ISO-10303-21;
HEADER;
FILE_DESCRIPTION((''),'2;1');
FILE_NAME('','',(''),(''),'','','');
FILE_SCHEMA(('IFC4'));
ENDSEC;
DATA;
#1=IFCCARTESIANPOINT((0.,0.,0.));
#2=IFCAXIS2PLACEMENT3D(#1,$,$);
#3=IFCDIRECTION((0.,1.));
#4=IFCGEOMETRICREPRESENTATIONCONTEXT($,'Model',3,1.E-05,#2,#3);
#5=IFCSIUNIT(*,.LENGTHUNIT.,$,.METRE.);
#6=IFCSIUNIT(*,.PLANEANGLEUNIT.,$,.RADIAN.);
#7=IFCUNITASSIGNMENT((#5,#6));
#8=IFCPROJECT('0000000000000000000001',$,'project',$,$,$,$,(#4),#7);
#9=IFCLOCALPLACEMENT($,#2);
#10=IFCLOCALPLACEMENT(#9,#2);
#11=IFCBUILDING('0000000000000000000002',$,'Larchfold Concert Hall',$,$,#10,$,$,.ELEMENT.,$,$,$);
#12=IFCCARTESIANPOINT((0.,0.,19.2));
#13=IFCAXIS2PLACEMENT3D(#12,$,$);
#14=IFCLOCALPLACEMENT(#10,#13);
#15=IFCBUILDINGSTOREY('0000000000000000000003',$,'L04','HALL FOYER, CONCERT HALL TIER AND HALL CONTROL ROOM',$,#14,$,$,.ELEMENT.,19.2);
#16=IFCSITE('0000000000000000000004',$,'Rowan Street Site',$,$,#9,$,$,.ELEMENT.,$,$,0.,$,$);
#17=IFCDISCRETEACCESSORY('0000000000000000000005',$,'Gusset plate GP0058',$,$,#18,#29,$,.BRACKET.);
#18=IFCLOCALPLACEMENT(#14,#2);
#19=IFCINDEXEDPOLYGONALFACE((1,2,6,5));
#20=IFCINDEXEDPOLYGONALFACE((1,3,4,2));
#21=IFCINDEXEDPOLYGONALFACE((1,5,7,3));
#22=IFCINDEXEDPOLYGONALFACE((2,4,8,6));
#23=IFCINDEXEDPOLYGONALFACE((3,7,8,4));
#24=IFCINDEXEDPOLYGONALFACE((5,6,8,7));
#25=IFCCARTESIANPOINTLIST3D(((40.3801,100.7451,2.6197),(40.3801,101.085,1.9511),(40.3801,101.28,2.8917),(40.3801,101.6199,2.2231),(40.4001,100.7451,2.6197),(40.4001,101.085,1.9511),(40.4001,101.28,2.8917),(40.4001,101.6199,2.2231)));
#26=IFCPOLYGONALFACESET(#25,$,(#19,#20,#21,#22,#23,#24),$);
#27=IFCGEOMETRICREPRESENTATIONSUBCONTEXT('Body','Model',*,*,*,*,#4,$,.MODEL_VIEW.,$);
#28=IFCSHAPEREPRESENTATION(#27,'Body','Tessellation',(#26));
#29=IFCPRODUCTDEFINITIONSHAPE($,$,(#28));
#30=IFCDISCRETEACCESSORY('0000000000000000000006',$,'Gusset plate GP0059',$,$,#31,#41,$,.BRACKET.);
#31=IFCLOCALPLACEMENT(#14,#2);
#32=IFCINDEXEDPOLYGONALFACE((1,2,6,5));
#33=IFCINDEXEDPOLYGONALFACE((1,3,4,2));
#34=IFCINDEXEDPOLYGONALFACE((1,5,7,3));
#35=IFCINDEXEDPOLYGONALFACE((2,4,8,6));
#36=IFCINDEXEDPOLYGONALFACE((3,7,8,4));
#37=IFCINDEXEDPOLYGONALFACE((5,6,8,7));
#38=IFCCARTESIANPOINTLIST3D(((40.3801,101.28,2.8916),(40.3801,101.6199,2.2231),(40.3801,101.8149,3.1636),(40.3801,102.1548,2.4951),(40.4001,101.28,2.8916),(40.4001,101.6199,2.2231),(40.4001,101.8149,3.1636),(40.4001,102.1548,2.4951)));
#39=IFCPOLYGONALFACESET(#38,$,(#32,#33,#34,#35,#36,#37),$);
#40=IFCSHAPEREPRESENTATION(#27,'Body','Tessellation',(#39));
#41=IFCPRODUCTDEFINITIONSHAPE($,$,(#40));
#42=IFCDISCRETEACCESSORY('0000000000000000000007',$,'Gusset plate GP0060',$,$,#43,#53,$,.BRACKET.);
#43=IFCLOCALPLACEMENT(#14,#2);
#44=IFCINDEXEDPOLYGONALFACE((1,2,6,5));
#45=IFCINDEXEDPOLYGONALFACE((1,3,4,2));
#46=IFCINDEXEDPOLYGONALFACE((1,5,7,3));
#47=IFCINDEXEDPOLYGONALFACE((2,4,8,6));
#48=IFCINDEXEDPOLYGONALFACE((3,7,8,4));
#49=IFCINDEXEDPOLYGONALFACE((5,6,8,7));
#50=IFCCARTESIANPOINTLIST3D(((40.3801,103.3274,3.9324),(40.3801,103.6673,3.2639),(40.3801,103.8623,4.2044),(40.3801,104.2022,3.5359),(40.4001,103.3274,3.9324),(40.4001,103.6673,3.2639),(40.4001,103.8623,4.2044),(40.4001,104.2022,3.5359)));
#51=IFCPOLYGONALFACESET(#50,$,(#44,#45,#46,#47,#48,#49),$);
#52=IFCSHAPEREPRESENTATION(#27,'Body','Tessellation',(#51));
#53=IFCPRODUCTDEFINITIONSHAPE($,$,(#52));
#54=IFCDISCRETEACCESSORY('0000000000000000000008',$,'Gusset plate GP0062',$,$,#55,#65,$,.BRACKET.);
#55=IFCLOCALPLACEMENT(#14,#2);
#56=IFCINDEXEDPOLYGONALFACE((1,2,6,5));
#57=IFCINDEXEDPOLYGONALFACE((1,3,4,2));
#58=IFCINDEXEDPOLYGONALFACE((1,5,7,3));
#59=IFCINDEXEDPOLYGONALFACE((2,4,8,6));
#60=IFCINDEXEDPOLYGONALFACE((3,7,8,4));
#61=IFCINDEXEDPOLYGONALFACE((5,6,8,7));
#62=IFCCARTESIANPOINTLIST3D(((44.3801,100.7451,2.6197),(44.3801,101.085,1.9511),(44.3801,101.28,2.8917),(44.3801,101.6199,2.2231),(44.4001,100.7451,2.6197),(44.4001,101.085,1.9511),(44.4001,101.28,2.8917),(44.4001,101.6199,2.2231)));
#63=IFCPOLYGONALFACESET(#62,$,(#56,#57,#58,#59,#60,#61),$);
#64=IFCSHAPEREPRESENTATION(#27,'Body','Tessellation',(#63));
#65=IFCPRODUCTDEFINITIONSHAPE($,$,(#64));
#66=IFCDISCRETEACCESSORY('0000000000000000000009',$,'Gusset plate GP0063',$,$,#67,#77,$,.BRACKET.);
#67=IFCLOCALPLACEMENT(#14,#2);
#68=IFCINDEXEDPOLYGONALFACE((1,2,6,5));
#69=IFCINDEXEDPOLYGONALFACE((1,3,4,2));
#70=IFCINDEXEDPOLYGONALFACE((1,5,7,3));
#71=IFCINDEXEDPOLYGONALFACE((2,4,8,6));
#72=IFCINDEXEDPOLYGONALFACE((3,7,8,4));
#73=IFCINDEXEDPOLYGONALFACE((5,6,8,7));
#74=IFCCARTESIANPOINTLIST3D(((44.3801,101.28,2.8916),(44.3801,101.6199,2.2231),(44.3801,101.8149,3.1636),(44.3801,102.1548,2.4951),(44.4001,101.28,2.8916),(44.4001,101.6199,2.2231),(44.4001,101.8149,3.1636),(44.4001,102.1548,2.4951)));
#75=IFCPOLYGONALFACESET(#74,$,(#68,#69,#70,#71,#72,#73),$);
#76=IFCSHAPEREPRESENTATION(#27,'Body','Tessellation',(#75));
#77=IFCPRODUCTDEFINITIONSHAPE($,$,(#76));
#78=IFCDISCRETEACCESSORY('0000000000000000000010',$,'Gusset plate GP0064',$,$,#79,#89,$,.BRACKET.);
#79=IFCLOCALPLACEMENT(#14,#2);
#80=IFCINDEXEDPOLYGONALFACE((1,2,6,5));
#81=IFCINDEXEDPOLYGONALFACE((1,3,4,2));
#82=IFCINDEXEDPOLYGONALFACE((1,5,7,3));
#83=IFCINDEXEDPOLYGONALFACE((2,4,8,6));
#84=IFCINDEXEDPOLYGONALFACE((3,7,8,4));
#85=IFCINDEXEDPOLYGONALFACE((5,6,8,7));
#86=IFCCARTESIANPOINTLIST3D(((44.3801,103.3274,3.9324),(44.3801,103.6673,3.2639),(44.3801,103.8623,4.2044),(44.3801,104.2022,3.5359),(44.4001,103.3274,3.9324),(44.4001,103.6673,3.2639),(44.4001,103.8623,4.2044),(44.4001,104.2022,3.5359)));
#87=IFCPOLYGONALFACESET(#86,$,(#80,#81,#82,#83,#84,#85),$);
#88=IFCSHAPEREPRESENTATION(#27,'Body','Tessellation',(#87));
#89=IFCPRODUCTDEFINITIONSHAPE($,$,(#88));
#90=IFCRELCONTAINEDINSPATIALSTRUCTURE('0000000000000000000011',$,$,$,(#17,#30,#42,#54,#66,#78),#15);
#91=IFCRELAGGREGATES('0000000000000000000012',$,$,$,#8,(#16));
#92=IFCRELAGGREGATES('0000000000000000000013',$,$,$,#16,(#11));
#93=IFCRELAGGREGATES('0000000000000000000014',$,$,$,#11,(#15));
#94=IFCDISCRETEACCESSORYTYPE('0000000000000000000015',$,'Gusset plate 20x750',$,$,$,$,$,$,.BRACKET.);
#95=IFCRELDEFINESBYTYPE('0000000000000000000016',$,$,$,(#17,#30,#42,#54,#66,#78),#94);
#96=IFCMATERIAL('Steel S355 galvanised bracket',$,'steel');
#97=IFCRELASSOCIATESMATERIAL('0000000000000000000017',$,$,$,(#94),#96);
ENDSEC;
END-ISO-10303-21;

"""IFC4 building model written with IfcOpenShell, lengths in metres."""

from ifc_helpers import new_model, si_unit, direction, frame, origin, origin_2d, place, context, subcontext, project, spatial, rectangle, extrude, material, material_profile, profile_set, type_object, element, save


model = new_model("IFC4")

# Units and contexts
model_context = context("Model", 3, precision=1e-05, world=origin(), true_north=direction((0.0, 1.0)))
body_context = subcontext(model_context, "Body", "Model", "MODEL_VIEW")
ifc_project = project(units=[si_unit("LENGTHUNIT", "METRE"), si_unit("PLANEANGLEUNIT", "RADIAN")], contexts=[model_context])

# Site, building, storey
site_placement = place(None, origin())
site = spatial("IfcSite", under=ifc_project, at=site_placement, Name="Rowan Street Site", CompositionType="ELEMENT", RefElevation=0.0)
building_placement = place(site_placement, origin())
building = spatial("IfcBuilding", under=site, at=building_placement, Name="Larchfold Concert Hall", CompositionType="ELEMENT")
storey_placement = place(building_placement, frame((0.0, 0.0, 19.2)))
storey = spatial("IfcBuildingStorey", under=building, at=storey_placement, Name="L04", Description="HALL FOYER, CONCERT HALL TIER AND HALL CONTROL ROOM", CompositionType="ELEMENT", Elevation=19.2)

# Discrete accessories
ifc_material_1 = material(Name="Steel S355 galvanised bracket", Category="steel")
ifc_material_profile_1 = material_profile(ifc_material_1, rectangle(XDim=0.02, YDim=0.75, at=origin_2d()))
ifc_profile_set_1 = profile_set([ifc_material_profile_1], Name="Steel S355 galvanised bracket")
discrete_accessory_type = type_object("IfcDiscreteAccessoryType", Name="Gusset plate 20x750", PredefinedType="BRACKET", material=ifc_profile_set_1)
for number, where, z_axis, x_axis, name in (
    (1, (40.3901, 100.915, 2.2854), (0.0, 0.891396, 0.453225), (-1.0, 0.0, 0.0), "Gusset plate GP0058"),
    (2, (40.3901, 101.45, 2.5574), (0.0, 0.891396, 0.453225), (-1.0, 0.0, 0.0), "Gusset plate GP0059"),
    (3, (40.3901, 103.4973, 3.5981), (0.0, 0.891396, 0.453225), (-1.0, 0.0, 0.0), "Gusset plate GP0060"),
    (4, (44.3901, 100.915, 2.2854), (0.0, 0.891396, 0.453225), (-1.0, 0.0, 0.0), "Gusset plate GP0062"),
    (5, (44.3901, 101.45, 2.5574), (0.0, 0.891396, 0.453225), (-1.0, 0.0, 0.0), "Gusset plate GP0063"),
    (6, (44.3901, 103.4973, 3.5981), (0.0, 0.891396, 0.453225), (-1.0, 0.0, 0.0), "Gusset plate GP0064"),
):
    element("IfcDiscreteAccessory", number, at=place(storey_placement, frame(where, z_axis=z_axis, x_axis=x_axis)), inside=storey, type_object=discrete_accessory_type, Name=name, PredefinedType="BRACKET", context=body_context, shape_type="SweptSolid", body=[
        extrude(rectangle(XDim=0.02, YDim=0.75, at=origin_2d()), origin(), (0.0, 0.0, 1.0), 0.6001),
    ])

save(model, "model.ifc")
